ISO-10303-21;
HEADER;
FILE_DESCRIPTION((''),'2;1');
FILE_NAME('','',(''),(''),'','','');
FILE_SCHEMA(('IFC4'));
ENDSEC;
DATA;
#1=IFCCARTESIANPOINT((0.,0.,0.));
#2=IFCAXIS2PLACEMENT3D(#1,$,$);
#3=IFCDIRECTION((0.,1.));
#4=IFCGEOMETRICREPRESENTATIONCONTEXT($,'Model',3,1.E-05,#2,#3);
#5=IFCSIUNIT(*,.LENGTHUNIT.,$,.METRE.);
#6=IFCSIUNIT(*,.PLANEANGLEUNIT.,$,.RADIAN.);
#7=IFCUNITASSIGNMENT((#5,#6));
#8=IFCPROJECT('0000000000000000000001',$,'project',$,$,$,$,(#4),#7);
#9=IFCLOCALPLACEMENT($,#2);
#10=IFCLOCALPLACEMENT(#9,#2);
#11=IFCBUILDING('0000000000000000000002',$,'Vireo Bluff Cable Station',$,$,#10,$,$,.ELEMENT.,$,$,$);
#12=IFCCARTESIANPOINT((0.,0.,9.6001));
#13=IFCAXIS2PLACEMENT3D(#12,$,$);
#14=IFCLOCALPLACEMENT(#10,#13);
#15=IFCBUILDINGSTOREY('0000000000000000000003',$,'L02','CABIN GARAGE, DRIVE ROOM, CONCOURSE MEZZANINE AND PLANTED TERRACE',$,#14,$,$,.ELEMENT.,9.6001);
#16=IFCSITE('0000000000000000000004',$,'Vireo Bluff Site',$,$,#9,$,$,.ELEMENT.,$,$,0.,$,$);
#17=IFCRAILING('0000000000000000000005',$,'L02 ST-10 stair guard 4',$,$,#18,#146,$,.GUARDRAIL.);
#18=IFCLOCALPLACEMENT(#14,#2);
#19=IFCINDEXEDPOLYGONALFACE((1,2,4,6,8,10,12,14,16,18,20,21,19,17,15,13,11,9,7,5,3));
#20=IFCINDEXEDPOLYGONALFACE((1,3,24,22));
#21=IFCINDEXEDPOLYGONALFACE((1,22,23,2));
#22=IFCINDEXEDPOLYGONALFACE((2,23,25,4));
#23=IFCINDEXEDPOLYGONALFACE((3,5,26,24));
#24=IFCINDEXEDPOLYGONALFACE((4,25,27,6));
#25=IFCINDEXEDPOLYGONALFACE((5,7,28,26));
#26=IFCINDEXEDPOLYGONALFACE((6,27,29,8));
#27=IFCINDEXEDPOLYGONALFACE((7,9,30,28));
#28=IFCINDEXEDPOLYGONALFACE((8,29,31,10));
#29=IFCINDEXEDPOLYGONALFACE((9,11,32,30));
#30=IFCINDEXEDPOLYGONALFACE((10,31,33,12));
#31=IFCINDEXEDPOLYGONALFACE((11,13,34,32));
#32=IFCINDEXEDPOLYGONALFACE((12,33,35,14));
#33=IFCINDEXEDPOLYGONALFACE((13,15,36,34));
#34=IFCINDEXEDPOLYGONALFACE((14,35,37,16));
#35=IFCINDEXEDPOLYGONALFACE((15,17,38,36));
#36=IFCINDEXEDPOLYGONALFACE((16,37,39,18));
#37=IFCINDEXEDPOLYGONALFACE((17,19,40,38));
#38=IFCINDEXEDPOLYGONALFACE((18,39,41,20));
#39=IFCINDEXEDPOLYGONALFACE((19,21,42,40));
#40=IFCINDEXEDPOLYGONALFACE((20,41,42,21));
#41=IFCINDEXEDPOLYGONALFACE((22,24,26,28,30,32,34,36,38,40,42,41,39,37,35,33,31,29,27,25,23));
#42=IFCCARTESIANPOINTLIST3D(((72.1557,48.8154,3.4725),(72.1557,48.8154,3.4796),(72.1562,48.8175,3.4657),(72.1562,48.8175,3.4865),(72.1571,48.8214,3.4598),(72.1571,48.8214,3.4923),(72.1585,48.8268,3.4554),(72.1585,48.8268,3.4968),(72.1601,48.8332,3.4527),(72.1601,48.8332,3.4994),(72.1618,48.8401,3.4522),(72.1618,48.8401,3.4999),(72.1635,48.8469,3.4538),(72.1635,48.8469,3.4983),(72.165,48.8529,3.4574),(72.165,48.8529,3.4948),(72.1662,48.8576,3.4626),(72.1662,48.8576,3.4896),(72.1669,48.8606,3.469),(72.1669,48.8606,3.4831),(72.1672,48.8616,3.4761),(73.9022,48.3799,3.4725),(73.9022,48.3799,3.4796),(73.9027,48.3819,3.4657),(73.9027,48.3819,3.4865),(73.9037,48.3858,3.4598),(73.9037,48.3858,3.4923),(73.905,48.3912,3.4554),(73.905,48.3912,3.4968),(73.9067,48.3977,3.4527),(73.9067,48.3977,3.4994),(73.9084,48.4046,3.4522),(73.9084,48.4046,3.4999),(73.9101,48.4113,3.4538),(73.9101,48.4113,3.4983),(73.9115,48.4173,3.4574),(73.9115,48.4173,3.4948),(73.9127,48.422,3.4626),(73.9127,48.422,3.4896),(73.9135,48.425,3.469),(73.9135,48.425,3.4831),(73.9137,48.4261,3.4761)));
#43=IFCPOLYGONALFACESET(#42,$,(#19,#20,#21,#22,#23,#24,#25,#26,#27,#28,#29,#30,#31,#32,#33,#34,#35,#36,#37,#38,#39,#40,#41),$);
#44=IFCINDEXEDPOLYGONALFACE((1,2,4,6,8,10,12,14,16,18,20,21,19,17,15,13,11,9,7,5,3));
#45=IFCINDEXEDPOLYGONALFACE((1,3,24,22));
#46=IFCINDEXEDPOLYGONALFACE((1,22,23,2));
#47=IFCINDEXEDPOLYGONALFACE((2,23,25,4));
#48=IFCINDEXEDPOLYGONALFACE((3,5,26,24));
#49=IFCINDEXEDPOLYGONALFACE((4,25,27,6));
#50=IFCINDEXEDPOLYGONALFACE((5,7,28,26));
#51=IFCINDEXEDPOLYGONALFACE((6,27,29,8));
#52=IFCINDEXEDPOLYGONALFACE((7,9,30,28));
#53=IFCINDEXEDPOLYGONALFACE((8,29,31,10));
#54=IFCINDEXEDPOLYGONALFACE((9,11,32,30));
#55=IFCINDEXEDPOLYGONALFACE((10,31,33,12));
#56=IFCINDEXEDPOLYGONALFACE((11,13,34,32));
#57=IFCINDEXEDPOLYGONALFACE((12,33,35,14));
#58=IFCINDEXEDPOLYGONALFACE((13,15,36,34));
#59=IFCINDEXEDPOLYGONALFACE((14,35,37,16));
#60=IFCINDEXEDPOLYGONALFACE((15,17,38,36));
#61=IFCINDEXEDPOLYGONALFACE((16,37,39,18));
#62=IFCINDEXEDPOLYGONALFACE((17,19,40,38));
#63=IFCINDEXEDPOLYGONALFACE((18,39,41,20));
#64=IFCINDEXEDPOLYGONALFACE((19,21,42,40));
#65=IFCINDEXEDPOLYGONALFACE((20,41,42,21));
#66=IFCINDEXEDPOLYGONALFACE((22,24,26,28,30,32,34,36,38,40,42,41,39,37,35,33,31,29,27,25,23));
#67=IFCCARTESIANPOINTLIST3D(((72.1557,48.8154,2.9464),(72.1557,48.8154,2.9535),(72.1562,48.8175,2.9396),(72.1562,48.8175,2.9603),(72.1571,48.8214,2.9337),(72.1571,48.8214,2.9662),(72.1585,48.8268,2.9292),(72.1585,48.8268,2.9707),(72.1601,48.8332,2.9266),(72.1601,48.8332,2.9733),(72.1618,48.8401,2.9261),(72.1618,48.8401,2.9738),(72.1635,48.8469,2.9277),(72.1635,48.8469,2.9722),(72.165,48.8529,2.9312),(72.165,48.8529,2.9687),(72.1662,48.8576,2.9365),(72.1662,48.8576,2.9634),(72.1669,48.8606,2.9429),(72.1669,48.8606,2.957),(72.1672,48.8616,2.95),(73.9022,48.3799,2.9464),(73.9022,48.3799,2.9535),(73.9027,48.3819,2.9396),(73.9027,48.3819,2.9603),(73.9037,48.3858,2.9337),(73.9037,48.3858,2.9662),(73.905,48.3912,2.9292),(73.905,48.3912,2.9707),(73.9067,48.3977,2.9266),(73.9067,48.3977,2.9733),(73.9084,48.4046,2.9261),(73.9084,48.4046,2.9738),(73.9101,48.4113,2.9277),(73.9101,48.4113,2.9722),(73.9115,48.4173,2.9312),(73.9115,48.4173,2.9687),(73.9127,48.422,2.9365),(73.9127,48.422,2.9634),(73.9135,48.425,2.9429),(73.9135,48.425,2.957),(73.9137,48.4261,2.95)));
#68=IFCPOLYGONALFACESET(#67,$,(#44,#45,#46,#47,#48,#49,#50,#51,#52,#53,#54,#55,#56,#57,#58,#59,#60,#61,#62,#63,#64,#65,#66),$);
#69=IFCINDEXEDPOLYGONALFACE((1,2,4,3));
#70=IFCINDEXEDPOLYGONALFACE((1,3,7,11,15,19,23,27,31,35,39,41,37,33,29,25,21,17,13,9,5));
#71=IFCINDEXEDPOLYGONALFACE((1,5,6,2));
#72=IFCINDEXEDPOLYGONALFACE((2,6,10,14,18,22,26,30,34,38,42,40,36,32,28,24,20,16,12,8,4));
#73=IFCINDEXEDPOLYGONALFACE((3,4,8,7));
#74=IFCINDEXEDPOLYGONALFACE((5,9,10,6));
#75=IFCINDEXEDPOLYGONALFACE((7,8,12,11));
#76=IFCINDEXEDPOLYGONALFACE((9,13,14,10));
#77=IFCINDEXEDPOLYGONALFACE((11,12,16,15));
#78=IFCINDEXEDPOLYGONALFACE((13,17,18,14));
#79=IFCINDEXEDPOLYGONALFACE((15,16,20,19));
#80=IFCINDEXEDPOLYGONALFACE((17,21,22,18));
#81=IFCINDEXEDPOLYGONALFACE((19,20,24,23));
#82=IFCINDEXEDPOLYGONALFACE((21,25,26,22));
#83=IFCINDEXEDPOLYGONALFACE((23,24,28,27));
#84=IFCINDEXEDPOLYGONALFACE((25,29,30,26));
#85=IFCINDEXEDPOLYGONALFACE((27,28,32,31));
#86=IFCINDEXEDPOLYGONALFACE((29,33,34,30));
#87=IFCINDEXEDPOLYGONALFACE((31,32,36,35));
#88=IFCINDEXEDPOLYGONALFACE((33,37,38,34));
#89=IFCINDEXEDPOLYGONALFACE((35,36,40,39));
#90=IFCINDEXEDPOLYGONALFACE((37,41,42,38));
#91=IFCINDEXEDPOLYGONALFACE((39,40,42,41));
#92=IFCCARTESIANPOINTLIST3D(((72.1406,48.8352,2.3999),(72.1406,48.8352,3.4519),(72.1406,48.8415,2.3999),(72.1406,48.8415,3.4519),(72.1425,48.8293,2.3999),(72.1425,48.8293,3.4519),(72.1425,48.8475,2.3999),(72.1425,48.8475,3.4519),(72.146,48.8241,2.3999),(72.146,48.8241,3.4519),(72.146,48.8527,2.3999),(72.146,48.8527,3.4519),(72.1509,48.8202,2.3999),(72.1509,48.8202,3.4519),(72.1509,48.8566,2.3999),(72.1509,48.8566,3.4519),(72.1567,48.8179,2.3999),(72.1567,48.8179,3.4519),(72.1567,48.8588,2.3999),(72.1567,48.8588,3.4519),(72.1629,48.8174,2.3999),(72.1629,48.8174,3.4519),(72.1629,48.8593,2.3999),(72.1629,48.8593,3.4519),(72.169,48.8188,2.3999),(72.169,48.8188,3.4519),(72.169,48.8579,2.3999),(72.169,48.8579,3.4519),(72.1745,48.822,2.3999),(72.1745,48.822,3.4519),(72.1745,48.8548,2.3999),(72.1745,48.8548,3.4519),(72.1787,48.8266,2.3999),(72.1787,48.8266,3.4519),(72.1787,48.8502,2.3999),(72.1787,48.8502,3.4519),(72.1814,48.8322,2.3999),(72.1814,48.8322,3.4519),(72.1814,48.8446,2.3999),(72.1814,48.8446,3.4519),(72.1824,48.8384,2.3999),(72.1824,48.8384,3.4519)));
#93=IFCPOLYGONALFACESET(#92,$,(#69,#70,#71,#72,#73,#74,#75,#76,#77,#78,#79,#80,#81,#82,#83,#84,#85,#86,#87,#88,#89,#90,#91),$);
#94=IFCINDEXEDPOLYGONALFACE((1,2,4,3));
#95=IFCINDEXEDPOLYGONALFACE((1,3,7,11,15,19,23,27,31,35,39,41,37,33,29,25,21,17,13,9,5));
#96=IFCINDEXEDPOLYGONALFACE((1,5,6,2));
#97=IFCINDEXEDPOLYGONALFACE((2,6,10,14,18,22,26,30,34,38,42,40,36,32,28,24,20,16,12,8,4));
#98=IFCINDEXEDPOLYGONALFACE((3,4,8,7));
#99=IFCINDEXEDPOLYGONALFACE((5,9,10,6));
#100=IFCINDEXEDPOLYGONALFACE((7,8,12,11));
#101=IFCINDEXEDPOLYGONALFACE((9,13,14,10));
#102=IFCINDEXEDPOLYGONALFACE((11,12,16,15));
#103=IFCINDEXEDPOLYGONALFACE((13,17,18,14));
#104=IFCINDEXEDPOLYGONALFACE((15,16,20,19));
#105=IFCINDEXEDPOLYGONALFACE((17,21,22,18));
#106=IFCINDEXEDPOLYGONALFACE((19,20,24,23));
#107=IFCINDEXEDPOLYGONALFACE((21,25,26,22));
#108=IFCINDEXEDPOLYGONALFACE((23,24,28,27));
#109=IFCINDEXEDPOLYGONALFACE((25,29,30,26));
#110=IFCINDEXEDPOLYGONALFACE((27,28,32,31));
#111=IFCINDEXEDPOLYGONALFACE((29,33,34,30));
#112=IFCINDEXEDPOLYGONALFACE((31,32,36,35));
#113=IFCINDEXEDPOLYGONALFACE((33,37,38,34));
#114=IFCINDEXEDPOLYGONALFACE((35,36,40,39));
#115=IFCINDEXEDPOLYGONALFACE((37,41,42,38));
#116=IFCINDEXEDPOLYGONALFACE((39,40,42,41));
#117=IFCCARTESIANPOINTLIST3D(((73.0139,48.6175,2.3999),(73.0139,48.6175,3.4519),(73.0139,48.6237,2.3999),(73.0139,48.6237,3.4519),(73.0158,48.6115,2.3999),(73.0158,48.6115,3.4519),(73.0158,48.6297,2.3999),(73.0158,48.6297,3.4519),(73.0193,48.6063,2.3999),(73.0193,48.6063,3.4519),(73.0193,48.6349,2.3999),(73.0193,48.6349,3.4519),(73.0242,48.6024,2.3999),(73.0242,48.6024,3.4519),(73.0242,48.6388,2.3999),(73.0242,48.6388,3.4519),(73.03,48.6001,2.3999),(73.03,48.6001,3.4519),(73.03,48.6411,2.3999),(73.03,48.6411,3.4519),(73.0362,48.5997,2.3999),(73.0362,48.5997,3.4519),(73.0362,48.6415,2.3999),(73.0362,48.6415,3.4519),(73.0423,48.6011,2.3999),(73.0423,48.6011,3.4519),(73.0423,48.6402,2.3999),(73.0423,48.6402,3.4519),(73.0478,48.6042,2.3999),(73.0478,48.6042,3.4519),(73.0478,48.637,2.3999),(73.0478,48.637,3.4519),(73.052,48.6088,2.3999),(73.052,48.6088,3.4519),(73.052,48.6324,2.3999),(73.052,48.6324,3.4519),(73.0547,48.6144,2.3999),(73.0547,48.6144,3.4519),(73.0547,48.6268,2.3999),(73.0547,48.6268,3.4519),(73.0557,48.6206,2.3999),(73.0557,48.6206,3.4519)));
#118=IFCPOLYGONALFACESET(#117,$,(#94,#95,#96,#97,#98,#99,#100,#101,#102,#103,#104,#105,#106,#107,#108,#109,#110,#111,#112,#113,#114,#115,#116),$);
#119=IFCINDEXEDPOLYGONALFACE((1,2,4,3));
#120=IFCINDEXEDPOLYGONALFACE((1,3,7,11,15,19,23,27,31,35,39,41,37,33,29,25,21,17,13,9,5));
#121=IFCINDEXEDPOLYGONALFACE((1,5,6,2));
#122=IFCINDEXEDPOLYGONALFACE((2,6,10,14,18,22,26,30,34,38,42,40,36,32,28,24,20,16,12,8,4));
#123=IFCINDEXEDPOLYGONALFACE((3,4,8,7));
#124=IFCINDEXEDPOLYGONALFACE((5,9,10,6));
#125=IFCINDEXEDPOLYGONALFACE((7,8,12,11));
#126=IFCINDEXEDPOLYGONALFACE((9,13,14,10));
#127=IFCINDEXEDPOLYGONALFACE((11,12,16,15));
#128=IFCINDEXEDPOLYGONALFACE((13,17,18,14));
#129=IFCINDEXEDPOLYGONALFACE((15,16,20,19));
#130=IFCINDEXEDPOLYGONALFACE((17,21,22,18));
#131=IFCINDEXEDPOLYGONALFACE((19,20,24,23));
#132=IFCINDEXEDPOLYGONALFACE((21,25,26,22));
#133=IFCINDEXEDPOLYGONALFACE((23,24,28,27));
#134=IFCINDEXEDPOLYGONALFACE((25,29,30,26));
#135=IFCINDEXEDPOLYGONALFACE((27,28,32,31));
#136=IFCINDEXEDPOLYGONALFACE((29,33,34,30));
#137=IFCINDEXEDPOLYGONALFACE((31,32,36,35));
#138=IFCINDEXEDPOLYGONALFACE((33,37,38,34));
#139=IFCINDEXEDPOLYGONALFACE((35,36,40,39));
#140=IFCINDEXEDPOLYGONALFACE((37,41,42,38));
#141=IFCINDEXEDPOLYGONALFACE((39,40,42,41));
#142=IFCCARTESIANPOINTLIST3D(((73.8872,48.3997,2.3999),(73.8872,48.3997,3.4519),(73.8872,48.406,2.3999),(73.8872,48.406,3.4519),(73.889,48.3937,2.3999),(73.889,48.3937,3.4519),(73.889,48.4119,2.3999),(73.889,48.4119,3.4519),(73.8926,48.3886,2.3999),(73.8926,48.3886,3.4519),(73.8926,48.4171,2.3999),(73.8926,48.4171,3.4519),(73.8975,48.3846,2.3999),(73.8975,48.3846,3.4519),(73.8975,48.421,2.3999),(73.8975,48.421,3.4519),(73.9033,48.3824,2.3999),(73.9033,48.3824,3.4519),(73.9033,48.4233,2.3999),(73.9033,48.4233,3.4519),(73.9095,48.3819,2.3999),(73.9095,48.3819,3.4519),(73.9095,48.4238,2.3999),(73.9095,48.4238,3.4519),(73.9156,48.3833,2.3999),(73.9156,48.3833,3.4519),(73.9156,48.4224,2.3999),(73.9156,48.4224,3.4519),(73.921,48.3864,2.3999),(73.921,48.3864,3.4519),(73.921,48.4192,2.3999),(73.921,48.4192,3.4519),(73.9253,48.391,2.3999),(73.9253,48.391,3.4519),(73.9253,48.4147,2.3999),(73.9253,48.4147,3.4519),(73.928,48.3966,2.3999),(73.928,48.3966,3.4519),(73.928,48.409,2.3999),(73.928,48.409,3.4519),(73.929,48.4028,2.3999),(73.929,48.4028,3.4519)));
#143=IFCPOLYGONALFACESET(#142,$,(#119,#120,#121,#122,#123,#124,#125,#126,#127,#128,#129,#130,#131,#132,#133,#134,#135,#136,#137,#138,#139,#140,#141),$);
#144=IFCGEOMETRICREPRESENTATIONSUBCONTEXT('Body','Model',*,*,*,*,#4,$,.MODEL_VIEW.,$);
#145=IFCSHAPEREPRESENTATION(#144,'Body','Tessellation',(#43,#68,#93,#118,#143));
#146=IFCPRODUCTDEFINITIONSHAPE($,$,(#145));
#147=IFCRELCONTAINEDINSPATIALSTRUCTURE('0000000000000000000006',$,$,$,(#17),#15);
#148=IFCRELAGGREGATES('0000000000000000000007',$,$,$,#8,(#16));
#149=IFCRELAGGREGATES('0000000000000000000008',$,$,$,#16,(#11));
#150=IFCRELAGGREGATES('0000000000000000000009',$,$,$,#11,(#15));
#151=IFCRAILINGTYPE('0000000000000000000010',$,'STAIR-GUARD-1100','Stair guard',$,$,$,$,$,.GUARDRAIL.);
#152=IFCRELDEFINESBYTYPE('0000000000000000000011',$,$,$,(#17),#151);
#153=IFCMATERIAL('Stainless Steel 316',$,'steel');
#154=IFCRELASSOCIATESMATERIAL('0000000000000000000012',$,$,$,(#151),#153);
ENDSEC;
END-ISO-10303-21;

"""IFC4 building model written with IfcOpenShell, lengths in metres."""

from ifc_helpers import new_model, si_unit, direction, frame, origin, origin_2d, place, context, subcontext, project, spatial, circle, extrude, material, type_object, element, save


model = new_model("IFC4")

# Units and contexts
model_context = context("Model", 3, precision=1e-05, world=origin(), true_north=direction((0.0, 1.0)))
body_context = subcontext(model_context, "Body", "Model", "MODEL_VIEW")
ifc_project = project(units=[si_unit("LENGTHUNIT", "METRE"), si_unit("PLANEANGLEUNIT", "RADIAN")], contexts=[model_context])

# Site, building, storey
site_placement = place(None, origin())
site = spatial("IfcSite", under=ifc_project, at=site_placement, Name="Vireo Bluff Site", CompositionType="ELEMENT", RefElevation=0.0)
building_placement = place(site_placement, origin())
building = spatial("IfcBuilding", under=site, at=building_placement, Name="Vireo Bluff Cable Station", CompositionType="ELEMENT")
storey_placement = place(building_placement, frame((0.0, 0.0, 9.6001)))
storey = spatial("IfcBuildingStorey", under=building, at=storey_placement, Name="L02", Description="CABIN GARAGE, DRIVE ROOM, CONCOURSE MEZZANINE AND PLANTED TERRACE", CompositionType="ELEMENT", Elevation=9.6001)

# Railing
ifc_material_1 = material(Name="Stainless Steel 316", Category="steel")
railing_type_1 = type_object("IfcRailingType", Name="STAIR-GUARD-1100", Description="Stair guard", PredefinedType="GUARDRAIL", material=ifc_material_1)
railing_1_placement = place(storey_placement, frame((72.1614, 48.8384, 2.3999)))
element("IfcRailing", 1, at=railing_1_placement, inside=storey, type_object=railing_type_1, Name="L02 ST-10 stair guard 4", PredefinedType="GUARDRAIL", context=body_context, shape_type="SweptSolid", body=[
    extrude(circle(Radius=0.0239, at=origin_2d()), frame((0.0, 0.0, 1.0762), z_axis=(0.970286, -0.241961, 0.0), x_axis=(0.241961, 0.970286, 0.0)), (0.0, 0.0, 1.0), 1.8),
    extrude(circle(Radius=0.0239, at=origin_2d()), frame((0.0, 0.0, 0.55), z_axis=(0.970286, -0.241961, 0.0), x_axis=(0.241961, 0.970286, 0.0)), (0.0, 0.0, 1.0), 1.8),
    extrude(circle(Radius=0.021, at=origin_2d()), origin(), (0.0, 0.0, 1.0), 1.052),
    extrude(circle(Radius=0.021, at=origin_2d()), frame((0.8733, -0.2178, 0.0)), (0.0, 0.0, 1.0), 1.052),
    extrude(circle(Radius=0.021, at=origin_2d()), frame((1.7466, -0.4355, 0.0)), (0.0, 0.0, 1.0), 1.052),
])

save(model, "model.ifc")
